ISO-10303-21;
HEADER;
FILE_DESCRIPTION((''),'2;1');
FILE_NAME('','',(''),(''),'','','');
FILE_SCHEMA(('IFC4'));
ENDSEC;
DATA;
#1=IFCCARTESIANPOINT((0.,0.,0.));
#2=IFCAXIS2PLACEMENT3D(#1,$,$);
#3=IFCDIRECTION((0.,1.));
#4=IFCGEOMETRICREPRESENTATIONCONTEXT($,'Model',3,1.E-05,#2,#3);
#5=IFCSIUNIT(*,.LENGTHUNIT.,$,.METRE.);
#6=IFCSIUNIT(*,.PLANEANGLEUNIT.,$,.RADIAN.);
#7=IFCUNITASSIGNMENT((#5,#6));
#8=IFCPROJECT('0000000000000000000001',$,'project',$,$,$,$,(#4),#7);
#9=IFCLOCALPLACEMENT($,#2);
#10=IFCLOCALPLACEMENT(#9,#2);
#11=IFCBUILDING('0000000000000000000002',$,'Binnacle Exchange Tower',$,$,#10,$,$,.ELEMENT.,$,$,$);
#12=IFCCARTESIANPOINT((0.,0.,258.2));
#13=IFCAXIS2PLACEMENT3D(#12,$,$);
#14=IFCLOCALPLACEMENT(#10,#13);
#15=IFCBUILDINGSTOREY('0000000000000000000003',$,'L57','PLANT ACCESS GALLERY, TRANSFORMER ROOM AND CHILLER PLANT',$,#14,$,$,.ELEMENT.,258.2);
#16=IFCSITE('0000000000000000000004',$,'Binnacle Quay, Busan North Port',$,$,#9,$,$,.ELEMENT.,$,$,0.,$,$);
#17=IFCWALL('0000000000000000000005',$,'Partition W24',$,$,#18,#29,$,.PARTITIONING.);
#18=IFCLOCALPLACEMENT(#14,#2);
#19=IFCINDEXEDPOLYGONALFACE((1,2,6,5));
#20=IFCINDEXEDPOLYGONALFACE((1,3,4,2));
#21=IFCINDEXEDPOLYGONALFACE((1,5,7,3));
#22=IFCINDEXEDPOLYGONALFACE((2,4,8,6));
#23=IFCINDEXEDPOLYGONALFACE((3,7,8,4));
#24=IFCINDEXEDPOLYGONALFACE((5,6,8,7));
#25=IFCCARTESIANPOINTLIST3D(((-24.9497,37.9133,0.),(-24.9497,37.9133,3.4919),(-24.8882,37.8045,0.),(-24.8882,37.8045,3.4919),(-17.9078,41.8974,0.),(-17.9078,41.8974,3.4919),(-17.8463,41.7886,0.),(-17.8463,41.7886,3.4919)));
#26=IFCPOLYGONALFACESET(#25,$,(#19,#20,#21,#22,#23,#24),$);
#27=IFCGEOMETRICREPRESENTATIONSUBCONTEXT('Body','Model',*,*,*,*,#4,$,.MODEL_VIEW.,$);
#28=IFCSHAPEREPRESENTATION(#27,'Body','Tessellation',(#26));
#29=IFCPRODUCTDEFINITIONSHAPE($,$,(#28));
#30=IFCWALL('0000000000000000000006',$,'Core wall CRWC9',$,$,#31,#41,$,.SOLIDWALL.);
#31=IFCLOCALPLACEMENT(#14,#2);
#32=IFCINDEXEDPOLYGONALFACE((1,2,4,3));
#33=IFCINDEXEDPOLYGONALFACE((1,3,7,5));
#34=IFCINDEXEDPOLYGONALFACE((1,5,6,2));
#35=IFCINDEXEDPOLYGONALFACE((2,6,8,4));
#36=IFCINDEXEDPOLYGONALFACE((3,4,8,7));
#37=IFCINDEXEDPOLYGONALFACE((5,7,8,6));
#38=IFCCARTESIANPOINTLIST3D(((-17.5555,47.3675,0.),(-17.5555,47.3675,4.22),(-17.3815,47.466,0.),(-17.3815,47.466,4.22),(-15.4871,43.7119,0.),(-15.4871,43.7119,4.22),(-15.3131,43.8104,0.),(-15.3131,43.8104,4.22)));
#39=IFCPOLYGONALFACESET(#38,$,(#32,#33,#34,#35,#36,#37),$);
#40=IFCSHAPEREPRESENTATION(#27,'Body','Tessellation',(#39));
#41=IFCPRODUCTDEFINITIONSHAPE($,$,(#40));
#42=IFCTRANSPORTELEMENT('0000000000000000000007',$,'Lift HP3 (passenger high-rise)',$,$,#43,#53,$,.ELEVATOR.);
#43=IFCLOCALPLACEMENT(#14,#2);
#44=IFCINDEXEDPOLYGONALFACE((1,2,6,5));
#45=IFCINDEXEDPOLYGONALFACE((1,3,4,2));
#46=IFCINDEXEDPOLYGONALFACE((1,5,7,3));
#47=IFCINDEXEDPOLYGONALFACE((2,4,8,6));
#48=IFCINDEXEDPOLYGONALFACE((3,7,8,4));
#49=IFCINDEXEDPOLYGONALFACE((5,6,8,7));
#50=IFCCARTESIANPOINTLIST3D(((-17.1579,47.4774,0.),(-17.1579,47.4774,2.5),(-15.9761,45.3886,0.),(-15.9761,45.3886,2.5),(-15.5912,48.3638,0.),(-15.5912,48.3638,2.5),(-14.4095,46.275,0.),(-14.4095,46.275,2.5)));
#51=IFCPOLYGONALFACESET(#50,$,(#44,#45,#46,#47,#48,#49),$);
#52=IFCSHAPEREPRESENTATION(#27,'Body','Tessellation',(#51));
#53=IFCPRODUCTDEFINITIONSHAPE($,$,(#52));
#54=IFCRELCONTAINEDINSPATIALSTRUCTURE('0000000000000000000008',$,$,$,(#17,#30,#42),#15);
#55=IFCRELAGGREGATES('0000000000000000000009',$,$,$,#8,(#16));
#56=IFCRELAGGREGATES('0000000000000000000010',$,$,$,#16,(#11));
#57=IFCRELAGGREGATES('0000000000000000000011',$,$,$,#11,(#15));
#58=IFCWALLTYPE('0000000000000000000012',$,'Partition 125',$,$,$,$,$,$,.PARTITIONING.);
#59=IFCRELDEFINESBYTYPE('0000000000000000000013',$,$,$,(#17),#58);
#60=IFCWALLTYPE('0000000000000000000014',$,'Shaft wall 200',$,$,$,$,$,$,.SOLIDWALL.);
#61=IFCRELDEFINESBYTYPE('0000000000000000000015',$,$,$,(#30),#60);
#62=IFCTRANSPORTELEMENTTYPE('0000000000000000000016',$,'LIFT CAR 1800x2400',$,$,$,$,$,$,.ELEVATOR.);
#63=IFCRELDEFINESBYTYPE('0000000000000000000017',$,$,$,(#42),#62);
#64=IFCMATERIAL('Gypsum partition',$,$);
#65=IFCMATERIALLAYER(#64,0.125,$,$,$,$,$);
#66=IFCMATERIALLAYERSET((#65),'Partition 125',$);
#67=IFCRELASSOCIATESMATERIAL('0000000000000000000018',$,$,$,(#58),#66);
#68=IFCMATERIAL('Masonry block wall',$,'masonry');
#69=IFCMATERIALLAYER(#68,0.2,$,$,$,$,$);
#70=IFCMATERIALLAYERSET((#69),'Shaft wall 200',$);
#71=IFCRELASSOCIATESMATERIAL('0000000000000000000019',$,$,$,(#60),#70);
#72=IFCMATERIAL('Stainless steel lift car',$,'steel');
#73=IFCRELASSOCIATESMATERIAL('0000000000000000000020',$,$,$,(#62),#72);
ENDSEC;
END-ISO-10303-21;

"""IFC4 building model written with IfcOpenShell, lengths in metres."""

from ifc_helpers import new_model, si_unit, direction, frame, frame_2d, origin, origin_2d, place, context, subcontext, project, spatial, rectangle, extrude, material, layer, layer_set, type_object, element, save


model = new_model("IFC4")

# Units and contexts
model_context = context("Model", 3, precision=1e-05, world=origin(), true_north=direction((0.0, 1.0)))
body_context = subcontext(model_context, "Body", "Model", "MODEL_VIEW")
ifc_project = project(units=[si_unit("LENGTHUNIT", "METRE"), si_unit("PLANEANGLEUNIT", "RADIAN")], contexts=[model_context])

# Site, building, storey
site_placement = place(None, origin())
site = spatial("IfcSite", under=ifc_project, at=site_placement, Name="Binnacle Quay, Busan North Port", CompositionType="ELEMENT", RefElevation=0.0)
building_placement = place(site_placement, origin())
building = spatial("IfcBuilding", under=site, at=building_placement, Name="Binnacle Exchange Tower", CompositionType="ELEMENT")
storey_placement = place(building_placement, frame((0.0, 0.0, 258.2)))
storey = spatial("IfcBuildingStorey", under=building, at=storey_placement, Name="L57", Description="PLANT ACCESS GALLERY, TRANSFORMER ROOM AND CHILLER PLANT", CompositionType="ELEMENT", Elevation=258.2)

# Shared definitions
ifc_material_1 = material(Name="Gypsum partition")
ifc_layer_1 = layer(ifc_material_1, 0.125)
ifc_layer_set_1 = layer_set([ifc_layer_1], Name="Partition 125")
wall_type_1 = type_object("IfcWallType", Name="Partition 125", PredefinedType="PARTITIONING", material=ifc_layer_set_1)

# Walls
wall_1_placement = place(storey_placement, frame((-24.9189, 37.8589, 0.0), z_axis=(0.0, 0.0, 1.0), x_axis=(0.870358, 0.49242, 0.0)))
element("IfcWall", 1, at=wall_1_placement, inside=storey, type_object=wall_type_1, Name="Partition W24", PredefinedType="PARTITIONING", context=body_context, shape_type="SweptSolid", body=[
    extrude(rectangle(XDim=8.0908, YDim=0.125, at=frame_2d((4.0454, 0.0))), origin(), (0.0, 0.0, 1.0), 3.4919),
])
ifc_material_2 = material(Name="Masonry block wall", Category="masonry")
ifc_layer_2 = layer(ifc_material_2, 0.2)
ifc_layer_set_2 = layer_set([ifc_layer_2], Name="Shaft wall 200")
wall_type_2 = type_object("IfcWallType", Name="Shaft wall 200", PredefinedType="SOLIDWALL", material=ifc_layer_set_2)
wall_2_placement = place(storey_placement, frame((-17.4685, 47.4167, 0.0), z_axis=(0.0, 0.0, 1.0), x_axis=(0.492454, -0.870339, 0.0)))
element("IfcWall", 2, at=wall_2_placement, inside=storey, type_object=wall_type_2, Name="Core wall CRWC9", PredefinedType="SOLIDWALL", context=body_context, shape_type="SweptSolid", body=[
    extrude(rectangle(XDim=4.2002, YDim=0.2, at=frame_2d((2.1001, 0.0))), origin(), (0.0, 0.0, 1.0), 4.22),
])

# Transport element
ifc_material_3 = material(Name="Stainless steel lift car", Category="steel")
transport_element_type = type_object("IfcTransportElementType", Name="LIFT CAR 1800x2400", PredefinedType="ELEVATOR", material=ifc_material_3)
transport_element_placement = place(storey_placement, frame((-15.7837, 46.8762, 0.0), z_axis=(0.0, 0.0, 1.0), x_axis=(0.870356, 0.492424, 0.0)))
element("IfcTransportElement", 3, at=transport_element_placement, inside=storey, type_object=transport_element_type, Name="Lift HP3 (passenger high-rise)", PredefinedType="ELEVATOR", context=body_context, shape_type="SweptSolid", body=[
    extrude(rectangle(XDim=1.8, YDim=2.3999, at=origin_2d()), origin(), (0.0, 0.0, 1.0), 2.5),
])

save(model, "model.ifc")
